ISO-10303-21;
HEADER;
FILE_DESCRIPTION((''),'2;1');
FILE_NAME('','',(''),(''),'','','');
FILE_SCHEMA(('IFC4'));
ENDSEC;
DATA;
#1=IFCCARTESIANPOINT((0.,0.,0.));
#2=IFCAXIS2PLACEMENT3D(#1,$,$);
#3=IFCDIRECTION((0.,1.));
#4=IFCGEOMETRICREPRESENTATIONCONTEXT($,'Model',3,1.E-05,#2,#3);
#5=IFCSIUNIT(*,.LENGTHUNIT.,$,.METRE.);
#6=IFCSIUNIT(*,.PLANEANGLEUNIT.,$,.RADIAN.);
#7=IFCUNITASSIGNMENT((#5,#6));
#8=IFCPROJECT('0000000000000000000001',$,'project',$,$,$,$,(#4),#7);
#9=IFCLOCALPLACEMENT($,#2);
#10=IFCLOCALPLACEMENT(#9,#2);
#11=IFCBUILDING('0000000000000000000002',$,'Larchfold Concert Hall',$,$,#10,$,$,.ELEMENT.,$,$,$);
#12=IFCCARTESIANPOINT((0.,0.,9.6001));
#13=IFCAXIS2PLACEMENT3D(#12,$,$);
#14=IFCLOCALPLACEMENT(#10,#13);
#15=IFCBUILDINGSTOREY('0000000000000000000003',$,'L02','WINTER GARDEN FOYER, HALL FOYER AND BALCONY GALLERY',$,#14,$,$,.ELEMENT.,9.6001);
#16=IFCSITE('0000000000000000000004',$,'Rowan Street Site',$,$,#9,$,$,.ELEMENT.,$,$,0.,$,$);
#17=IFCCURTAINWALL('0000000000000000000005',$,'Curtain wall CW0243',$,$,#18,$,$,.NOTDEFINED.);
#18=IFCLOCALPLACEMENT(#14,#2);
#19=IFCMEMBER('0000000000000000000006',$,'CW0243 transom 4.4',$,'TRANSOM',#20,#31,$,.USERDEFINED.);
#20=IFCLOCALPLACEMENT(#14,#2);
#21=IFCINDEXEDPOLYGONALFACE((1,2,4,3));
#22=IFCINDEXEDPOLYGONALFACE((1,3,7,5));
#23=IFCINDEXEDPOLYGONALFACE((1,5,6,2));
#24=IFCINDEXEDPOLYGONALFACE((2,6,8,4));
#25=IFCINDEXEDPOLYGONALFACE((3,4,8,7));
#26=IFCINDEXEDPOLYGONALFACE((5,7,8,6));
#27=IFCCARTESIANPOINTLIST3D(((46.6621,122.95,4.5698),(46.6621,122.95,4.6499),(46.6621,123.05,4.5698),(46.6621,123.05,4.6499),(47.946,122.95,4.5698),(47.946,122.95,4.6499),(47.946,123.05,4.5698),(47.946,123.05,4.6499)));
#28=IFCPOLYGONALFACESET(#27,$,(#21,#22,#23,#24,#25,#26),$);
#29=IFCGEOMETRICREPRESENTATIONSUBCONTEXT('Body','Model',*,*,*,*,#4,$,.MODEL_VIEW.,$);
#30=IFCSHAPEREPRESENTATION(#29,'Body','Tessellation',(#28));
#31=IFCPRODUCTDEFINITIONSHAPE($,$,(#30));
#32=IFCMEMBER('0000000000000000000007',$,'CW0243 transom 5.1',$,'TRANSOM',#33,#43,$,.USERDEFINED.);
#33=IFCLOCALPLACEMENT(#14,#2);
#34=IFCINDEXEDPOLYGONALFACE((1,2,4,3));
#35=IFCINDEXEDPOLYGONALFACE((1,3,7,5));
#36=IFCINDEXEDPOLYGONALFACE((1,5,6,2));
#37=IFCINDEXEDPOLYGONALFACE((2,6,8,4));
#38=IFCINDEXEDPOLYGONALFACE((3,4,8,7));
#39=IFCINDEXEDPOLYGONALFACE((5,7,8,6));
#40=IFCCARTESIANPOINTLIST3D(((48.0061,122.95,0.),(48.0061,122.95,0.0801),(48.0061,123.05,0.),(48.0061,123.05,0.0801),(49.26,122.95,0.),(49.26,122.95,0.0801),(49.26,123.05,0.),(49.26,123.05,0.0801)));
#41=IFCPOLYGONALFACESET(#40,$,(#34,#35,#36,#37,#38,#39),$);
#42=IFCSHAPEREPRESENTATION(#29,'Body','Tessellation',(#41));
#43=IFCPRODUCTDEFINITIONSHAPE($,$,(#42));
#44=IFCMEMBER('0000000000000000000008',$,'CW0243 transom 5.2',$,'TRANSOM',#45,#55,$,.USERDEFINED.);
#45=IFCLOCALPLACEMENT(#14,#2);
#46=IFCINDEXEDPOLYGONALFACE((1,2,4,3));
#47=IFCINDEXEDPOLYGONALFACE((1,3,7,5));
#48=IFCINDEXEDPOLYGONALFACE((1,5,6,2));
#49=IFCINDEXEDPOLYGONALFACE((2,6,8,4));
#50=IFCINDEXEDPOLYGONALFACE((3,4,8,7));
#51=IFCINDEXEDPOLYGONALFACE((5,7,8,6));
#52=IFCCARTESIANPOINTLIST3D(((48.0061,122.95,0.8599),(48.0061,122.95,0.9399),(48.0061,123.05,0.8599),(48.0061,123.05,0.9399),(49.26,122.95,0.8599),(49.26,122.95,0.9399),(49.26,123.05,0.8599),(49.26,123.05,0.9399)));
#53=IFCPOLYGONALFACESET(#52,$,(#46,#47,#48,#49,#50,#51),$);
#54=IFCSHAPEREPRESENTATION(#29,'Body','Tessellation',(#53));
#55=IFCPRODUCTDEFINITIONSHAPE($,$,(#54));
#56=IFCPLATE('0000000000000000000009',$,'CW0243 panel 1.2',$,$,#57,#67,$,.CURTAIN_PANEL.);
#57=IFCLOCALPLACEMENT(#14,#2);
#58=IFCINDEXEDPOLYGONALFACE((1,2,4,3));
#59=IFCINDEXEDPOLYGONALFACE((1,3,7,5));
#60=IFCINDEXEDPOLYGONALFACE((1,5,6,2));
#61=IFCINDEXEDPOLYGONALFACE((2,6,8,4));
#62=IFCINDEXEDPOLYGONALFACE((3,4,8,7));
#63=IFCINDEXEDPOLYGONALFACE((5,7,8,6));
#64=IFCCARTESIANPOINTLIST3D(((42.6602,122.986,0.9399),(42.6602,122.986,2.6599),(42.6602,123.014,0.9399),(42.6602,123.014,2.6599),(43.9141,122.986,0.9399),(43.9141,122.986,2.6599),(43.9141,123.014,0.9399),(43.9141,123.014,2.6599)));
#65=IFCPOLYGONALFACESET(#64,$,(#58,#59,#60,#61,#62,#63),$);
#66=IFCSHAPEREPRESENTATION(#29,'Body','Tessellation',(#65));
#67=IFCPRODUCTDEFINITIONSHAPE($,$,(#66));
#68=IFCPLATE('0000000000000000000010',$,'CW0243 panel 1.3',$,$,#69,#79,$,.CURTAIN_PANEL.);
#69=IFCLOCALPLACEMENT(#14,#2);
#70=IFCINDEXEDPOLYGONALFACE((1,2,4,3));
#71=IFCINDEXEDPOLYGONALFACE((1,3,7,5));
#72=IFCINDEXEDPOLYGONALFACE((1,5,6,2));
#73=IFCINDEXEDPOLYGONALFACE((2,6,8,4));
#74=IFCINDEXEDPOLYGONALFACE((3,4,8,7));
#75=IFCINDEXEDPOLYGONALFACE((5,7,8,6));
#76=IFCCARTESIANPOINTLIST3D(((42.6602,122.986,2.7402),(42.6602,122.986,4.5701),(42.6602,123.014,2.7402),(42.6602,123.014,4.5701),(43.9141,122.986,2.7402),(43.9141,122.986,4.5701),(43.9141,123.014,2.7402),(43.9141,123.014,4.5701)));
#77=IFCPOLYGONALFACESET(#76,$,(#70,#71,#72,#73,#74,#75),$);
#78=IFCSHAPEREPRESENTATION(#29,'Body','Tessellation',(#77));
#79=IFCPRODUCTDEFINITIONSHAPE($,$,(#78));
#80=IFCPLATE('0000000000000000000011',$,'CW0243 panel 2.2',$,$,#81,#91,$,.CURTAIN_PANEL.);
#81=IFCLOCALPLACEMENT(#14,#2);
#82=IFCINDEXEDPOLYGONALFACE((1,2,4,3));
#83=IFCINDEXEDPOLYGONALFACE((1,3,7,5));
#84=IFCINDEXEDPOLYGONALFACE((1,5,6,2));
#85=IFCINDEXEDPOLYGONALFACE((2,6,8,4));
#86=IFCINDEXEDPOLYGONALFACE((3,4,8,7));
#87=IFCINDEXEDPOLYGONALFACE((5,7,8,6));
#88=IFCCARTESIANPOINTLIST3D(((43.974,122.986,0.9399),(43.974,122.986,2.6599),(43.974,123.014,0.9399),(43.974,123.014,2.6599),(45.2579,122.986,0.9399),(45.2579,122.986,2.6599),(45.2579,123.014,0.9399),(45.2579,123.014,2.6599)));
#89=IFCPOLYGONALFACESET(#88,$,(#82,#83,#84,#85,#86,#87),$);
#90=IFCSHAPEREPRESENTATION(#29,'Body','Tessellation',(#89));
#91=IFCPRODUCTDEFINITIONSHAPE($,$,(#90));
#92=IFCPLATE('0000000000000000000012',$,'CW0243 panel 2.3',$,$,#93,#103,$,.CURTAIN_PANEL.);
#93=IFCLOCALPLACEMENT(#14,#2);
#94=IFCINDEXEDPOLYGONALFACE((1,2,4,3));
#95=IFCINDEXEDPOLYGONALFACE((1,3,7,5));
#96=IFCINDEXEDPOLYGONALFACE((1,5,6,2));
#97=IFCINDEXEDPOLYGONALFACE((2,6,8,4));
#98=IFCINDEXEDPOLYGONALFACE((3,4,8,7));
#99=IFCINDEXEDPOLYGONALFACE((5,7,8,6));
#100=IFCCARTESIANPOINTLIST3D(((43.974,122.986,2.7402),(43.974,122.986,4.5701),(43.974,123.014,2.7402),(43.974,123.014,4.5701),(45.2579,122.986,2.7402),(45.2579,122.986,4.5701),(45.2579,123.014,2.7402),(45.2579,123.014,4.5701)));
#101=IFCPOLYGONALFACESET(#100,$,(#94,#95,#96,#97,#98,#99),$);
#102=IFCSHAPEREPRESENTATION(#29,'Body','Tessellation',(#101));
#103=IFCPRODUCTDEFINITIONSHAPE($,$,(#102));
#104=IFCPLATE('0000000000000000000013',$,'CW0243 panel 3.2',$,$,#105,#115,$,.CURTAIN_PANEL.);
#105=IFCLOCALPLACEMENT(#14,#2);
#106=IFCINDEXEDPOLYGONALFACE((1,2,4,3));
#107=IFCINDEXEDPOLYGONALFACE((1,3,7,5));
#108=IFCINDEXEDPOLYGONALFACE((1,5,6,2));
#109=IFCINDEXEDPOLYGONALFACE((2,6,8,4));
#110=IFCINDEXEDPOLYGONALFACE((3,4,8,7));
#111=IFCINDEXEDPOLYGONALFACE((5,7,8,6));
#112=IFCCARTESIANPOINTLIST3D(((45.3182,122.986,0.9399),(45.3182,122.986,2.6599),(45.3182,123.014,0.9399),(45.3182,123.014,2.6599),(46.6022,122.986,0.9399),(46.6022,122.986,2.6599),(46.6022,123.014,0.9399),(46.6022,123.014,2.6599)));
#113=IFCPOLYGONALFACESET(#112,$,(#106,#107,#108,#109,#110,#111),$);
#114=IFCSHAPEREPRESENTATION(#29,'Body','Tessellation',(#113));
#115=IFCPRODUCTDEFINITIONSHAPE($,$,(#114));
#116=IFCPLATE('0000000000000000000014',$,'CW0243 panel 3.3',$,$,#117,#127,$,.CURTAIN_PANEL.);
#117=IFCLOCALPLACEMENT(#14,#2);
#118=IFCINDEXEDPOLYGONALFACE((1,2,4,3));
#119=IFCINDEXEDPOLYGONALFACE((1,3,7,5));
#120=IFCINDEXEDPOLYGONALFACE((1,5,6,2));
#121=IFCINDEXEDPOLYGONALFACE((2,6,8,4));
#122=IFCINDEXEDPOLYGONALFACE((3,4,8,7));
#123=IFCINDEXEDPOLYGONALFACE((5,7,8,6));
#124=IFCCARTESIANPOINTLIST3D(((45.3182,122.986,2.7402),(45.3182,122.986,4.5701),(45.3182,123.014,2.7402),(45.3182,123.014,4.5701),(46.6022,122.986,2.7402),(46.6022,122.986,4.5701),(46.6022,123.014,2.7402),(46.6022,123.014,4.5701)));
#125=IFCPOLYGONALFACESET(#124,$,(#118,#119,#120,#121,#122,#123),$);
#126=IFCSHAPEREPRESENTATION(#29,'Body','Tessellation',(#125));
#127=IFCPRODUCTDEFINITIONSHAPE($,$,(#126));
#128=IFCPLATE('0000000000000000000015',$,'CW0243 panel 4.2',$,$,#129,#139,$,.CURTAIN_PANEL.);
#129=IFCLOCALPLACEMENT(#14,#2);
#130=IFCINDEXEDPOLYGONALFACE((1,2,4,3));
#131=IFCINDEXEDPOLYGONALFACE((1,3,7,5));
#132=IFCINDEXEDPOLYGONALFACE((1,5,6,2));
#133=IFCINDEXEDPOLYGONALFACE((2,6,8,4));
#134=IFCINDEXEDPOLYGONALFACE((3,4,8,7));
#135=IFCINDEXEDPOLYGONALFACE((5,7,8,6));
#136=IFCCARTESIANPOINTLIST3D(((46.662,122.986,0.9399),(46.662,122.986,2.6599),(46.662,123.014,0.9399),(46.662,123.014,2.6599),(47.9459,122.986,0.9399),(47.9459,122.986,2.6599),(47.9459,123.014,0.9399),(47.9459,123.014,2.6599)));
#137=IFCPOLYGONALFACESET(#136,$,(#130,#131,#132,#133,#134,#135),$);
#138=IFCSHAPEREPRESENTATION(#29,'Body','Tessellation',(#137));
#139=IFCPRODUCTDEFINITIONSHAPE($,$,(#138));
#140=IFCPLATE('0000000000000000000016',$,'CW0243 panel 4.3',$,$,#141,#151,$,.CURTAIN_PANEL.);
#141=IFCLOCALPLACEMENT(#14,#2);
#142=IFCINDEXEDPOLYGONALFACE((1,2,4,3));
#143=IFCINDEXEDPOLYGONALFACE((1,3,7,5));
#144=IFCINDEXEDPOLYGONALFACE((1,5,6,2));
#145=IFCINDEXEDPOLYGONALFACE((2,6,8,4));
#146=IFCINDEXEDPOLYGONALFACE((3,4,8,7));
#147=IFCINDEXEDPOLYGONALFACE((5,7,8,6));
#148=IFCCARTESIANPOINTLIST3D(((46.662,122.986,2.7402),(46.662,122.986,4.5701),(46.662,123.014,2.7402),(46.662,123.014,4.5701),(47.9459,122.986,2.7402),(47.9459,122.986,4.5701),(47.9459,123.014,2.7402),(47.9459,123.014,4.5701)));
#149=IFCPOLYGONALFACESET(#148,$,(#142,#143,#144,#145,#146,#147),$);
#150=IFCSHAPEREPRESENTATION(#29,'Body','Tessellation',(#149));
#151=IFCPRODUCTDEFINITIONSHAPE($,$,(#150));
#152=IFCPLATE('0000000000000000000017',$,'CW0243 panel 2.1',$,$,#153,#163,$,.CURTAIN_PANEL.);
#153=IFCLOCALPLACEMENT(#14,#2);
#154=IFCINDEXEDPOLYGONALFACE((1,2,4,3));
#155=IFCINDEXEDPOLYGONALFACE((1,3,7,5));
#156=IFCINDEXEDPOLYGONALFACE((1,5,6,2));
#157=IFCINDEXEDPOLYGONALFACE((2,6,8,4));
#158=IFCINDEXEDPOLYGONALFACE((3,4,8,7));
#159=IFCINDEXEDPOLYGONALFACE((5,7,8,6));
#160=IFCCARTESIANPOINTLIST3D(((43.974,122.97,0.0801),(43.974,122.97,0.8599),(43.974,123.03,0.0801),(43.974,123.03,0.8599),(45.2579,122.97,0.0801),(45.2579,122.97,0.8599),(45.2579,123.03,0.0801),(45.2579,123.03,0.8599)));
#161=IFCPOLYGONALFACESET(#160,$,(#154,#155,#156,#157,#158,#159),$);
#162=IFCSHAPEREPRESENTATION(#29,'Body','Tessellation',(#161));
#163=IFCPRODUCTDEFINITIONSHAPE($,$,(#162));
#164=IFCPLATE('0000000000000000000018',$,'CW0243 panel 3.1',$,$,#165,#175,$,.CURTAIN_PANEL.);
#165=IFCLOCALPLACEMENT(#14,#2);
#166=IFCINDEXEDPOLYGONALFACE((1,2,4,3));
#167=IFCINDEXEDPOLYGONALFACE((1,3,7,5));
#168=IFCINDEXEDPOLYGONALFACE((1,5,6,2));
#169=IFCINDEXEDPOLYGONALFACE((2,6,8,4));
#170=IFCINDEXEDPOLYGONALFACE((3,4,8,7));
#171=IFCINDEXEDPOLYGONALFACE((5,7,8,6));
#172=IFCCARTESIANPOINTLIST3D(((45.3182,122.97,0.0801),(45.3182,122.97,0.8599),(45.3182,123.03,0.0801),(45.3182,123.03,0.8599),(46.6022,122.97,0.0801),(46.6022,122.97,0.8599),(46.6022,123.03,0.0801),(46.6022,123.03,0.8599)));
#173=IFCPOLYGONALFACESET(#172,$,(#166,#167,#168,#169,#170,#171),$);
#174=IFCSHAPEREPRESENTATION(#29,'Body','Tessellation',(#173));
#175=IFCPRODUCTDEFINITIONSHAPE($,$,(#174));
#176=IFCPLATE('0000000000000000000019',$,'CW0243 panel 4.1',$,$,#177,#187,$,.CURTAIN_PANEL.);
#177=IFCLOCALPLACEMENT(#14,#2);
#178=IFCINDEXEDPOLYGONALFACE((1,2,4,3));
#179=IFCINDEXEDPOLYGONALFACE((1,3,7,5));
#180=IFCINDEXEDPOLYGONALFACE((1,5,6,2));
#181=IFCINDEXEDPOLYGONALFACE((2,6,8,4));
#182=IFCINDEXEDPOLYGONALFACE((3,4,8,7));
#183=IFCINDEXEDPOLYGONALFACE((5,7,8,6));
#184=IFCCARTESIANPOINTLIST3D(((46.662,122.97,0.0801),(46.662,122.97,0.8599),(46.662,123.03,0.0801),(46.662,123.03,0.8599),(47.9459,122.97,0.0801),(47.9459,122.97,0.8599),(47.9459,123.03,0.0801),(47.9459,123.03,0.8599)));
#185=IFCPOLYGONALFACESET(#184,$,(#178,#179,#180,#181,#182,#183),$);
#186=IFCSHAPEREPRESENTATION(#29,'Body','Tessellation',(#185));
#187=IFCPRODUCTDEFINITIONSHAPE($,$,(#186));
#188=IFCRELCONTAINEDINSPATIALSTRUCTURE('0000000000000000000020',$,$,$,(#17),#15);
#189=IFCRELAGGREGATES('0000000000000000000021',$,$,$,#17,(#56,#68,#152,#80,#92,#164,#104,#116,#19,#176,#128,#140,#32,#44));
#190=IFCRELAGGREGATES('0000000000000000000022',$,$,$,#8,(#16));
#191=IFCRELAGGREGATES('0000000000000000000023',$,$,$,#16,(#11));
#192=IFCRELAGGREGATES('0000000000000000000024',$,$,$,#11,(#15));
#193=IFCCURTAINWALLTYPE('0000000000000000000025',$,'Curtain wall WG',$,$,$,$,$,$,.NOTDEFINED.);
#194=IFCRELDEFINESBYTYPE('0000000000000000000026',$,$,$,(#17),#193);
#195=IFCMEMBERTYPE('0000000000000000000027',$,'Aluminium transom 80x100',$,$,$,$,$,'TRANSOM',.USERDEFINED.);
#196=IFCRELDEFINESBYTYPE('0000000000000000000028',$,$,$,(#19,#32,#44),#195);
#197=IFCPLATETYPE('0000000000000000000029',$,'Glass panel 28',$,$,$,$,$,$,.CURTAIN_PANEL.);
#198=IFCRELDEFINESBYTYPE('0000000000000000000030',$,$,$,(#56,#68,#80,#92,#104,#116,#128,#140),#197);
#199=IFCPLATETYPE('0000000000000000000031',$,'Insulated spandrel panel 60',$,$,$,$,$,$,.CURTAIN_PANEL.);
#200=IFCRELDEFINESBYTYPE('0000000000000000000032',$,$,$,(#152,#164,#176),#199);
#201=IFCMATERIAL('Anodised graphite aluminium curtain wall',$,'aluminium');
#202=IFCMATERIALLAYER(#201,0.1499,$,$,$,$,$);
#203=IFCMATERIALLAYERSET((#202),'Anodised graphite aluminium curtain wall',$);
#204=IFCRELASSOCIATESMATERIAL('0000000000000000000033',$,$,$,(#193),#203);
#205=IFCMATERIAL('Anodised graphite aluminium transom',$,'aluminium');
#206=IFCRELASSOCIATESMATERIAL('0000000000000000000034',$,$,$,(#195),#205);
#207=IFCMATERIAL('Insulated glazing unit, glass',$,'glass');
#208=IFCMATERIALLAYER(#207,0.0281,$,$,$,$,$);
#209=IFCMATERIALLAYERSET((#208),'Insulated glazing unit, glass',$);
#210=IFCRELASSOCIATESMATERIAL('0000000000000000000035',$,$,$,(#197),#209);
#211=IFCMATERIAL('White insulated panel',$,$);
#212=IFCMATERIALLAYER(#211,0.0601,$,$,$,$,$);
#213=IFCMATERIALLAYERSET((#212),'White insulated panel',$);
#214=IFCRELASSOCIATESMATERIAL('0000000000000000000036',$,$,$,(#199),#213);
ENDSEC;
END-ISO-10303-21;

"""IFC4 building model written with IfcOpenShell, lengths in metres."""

from ifc_helpers import new_model, si_unit, direction, frame, origin, origin_2d, place, context, subcontext, project, spatial, rectangle, extrude, material, layer, layer_set, material_profile, profile_set, type_object, element, aggregate, save


model = new_model("IFC4")

# Units and contexts
model_context = context("Model", 3, precision=1e-05, world=origin(), true_north=direction((0.0, 1.0)))
body_context = subcontext(model_context, "Body", "Model", "MODEL_VIEW")
ifc_project = project(units=[si_unit("LENGTHUNIT", "METRE"), si_unit("PLANEANGLEUNIT", "RADIAN")], contexts=[model_context])

# Site, building, storey
site_placement = place(None, origin())
site = spatial("IfcSite", under=ifc_project, at=site_placement, Name="Rowan Street Site", CompositionType="ELEMENT", RefElevation=0.0)
building_placement = place(site_placement, origin())
building = spatial("IfcBuilding", under=site, at=building_placement, Name="Larchfold Concert Hall", CompositionType="ELEMENT")
storey_placement = place(building_placement, frame((0.0, 0.0, 9.6001)))
storey = spatial("IfcBuildingStorey", under=building, at=storey_placement, Name="L02", Description="WINTER GARDEN FOYER, HALL FOYER AND BALCONY GALLERY", CompositionType="ELEMENT", Elevation=9.6001)

# Curtain wall, members, plates
ifc_material_1 = material(Name="Anodised graphite aluminium curtain wall", Category="aluminium")
ifc_layer_1 = layer(ifc_material_1, 0.1499)
ifc_layer_set_1 = layer_set([ifc_layer_1], Name="Anodised graphite aluminium curtain wall")
curtain_wall_type = type_object("IfcCurtainWallType", Name="Curtain wall WG", PredefinedType="NOTDEFINED", material=ifc_layer_set_1)
curtain_wall_placement = place(storey_placement, origin())
curtain_wall = element("IfcCurtainWall", 1, at=curtain_wall_placement, inside=storey, type_object=curtain_wall_type, Name="Curtain wall CW0243", PredefinedType="NOTDEFINED")
ifc_material_2 = material(Name="Anodised graphite aluminium transom", Category="aluminium")
ifc_material_profile_1 = material_profile(ifc_material_2, rectangle(XDim=0.1001, YDim=0.0801, at=origin_2d()))
ifc_profile_set_1 = profile_set([ifc_material_profile_1], Name="Anodised graphite aluminium transom")
member_type_1 = type_object("IfcMemberType", Name="Aluminium transom 80x100", ElementType="TRANSOM", PredefinedType="USERDEFINED", material=ifc_profile_set_1)
member_1_placement = place(storey_placement, frame((46.6621, 123.0, 4.6099), z_axis=(1.0, 0.0, 0.0), x_axis=(0.0, 1.0, 0.0)))
member_1 = element("IfcMember", 2, at=member_1_placement, type_object=member_type_1, Name="CW0243 transom 4.4", ObjectType="TRANSOM", PredefinedType="USERDEFINED", context=body_context, shape_type="SweptSolid", body=[
    extrude(rectangle(XDim=0.1001, YDim=0.0801, at=origin_2d()), origin(), (0.0, 0.0, 1.0), 1.2839),
])
member_2_placement = place(storey_placement, frame((48.0061, 123.0, 0.04), z_axis=(1.0, 0.0, 0.0), x_axis=(0.0, 1.0, 0.0)))
member_2 = element("IfcMember", 3, at=member_2_placement, type_object=member_type_1, Name="CW0243 transom 5.1", ObjectType="TRANSOM", PredefinedType="USERDEFINED", context=body_context, shape_type="SweptSolid", body=[
    extrude(rectangle(XDim=0.1001, YDim=0.0801, at=origin_2d()), origin(), (0.0, 0.0, 1.0), 1.2539),
])
member_3_placement = place(storey_placement, frame((48.0061, 123.0, 0.8999), z_axis=(1.0, 0.0, 0.0), x_axis=(0.0, 1.0, 0.0)))
member_3 = element("IfcMember", 4, at=member_3_placement, type_object=member_type_1, Name="CW0243 transom 5.2", ObjectType="TRANSOM", PredefinedType="USERDEFINED", context=body_context, shape_type="SweptSolid", body=[
    extrude(rectangle(XDim=0.1001, YDim=0.0801, at=origin_2d()), origin(), (0.0, 0.0, 1.0), 1.2539),
])
ifc_material_3 = material(Name="Insulated glazing unit, glass", Category="glass")
ifc_layer_2 = layer(ifc_material_3, 0.0281)
ifc_layer_set_2 = layer_set([ifc_layer_2], Name="Insulated glazing unit, glass")
plate_type_1 = type_object("IfcPlateType", Name="Glass panel 28", PredefinedType="CURTAIN_PANEL", material=ifc_layer_set_2)
plate_1_placement = place(storey_placement, frame((43.2871, 123.0, 0.9399), z_axis=(0.0, 0.0, 1.0), x_axis=(1.0, 0.0, 0.0)))
plate_1 = element("IfcPlate", 5, at=plate_1_placement, type_object=plate_type_1, Name="CW0243 panel 1.2", PredefinedType="CURTAIN_PANEL", context=body_context, shape_type="SweptSolid", body=[
    extrude(rectangle(XDim=1.2539, YDim=0.0281, at=origin_2d()), origin(), (0.0, 0.0, 1.0), 1.72),
])
plate_2_placement = place(storey_placement, frame((43.2871, 123.0, 2.7402), z_axis=(0.0, 0.0, 1.0), x_axis=(1.0, 0.0, 0.0)))
plate_2 = element("IfcPlate", 6, at=plate_2_placement, type_object=plate_type_1, Name="CW0243 panel 1.3", PredefinedType="CURTAIN_PANEL", context=body_context, shape_type="SweptSolid", body=[
    extrude(rectangle(XDim=1.2539, YDim=0.0281, at=origin_2d()), origin(), (0.0, 0.0, 1.0), 1.8298),
])
plate_3_placement = place(storey_placement, frame((44.616, 123.0, 0.9399), z_axis=(0.0, 0.0, 1.0), x_axis=(1.0, 0.0, 0.0)))
plate_3 = element("IfcPlate", 7, at=plate_3_placement, type_object=plate_type_1, Name="CW0243 panel 2.2", PredefinedType="CURTAIN_PANEL", context=body_context, shape_type="SweptSolid", body=[
    extrude(rectangle(XDim=1.2839, YDim=0.0281, at=origin_2d()), origin(), (0.0, 0.0, 1.0), 1.72),
])
plate_4_placement = place(storey_placement, frame((44.616, 123.0, 2.7402), z_axis=(0.0, 0.0, 1.0), x_axis=(1.0, 0.0, 0.0)))
plate_4 = element("IfcPlate", 8, at=plate_4_placement, type_object=plate_type_1, Name="CW0243 panel 2.3", PredefinedType="CURTAIN_PANEL", context=body_context, shape_type="SweptSolid", body=[
    extrude(rectangle(XDim=1.2839, YDim=0.0281, at=origin_2d()), origin(), (0.0, 0.0, 1.0), 1.8298),
])
plate_5_placement = place(storey_placement, frame((45.9602, 123.0, 0.9399), z_axis=(0.0, 0.0, 1.0), x_axis=(1.0, 0.0, 0.0)))
plate_5 = element("IfcPlate", 9, at=plate_5_placement, type_object=plate_type_1, Name="CW0243 panel 3.2", PredefinedType="CURTAIN_PANEL", context=body_context, shape_type="SweptSolid", body=[
    extrude(rectangle(XDim=1.2839, YDim=0.0281, at=origin_2d()), origin(), (0.0, 0.0, 1.0), 1.72),
])
plate_6_placement = place(storey_placement, frame((45.9602, 123.0, 2.7402), z_axis=(0.0, 0.0, 1.0), x_axis=(1.0, 0.0, 0.0)))
plate_6 = element("IfcPlate", 10, at=plate_6_placement, type_object=plate_type_1, Name="CW0243 panel 3.3", PredefinedType="CURTAIN_PANEL", context=body_context, shape_type="SweptSolid", body=[
    extrude(rectangle(XDim=1.2839, YDim=0.0281, at=origin_2d()), origin(), (0.0, 0.0, 1.0), 1.8298),
])
plate_7_placement = place(storey_placement, frame((47.304, 123.0, 0.9399), z_axis=(0.0, 0.0, 1.0), x_axis=(1.0, 0.0, 0.0)))
plate_7 = element("IfcPlate", 11, at=plate_7_placement, type_object=plate_type_1, Name="CW0243 panel 4.2", PredefinedType="CURTAIN_PANEL", context=body_context, shape_type="SweptSolid", body=[
    extrude(rectangle(XDim=1.2839, YDim=0.0281, at=origin_2d()), origin(), (0.0, 0.0, 1.0), 1.72),
])
plate_8_placement = place(storey_placement, frame((47.304, 123.0, 2.7402), z_axis=(0.0, 0.0, 1.0), x_axis=(1.0, 0.0, 0.0)))
plate_8 = element("IfcPlate", 12, at=plate_8_placement, type_object=plate_type_1, Name="CW0243 panel 4.3", PredefinedType="CURTAIN_PANEL", context=body_context, shape_type="SweptSolid", body=[
    extrude(rectangle(XDim=1.2839, YDim=0.0281, at=origin_2d()), origin(), (0.0, 0.0, 1.0), 1.8298),
])
ifc_material_4 = material(Name="White insulated panel")
ifc_layer_3 = layer(ifc_material_4, 0.0601)
ifc_layer_set_3 = layer_set([ifc_layer_3], Name="White insulated panel")
plate_type_2 = type_object("IfcPlateType", Name="Insulated spandrel panel 60", PredefinedType="CURTAIN_PANEL", material=ifc_layer_set_3)
plate_9_placement = place(storey_placement, frame((44.616, 123.0, 0.0801), z_axis=(0.0, 0.0, 1.0), x_axis=(1.0, 0.0, 0.0)))
plate_9 = element("IfcPlate", 13, at=plate_9_placement, type_object=plate_type_2, Name="CW0243 panel 2.1", PredefinedType="CURTAIN_PANEL", context=body_context, shape_type="SweptSolid", body=[
    extrude(rectangle(XDim=1.2839, YDim=0.0601, at=origin_2d()), origin(), (0.0, 0.0, 1.0), 0.7798),
])
plate_10_placement = place(storey_placement, frame((45.9602, 123.0, 0.0801), z_axis=(0.0, 0.0, 1.0), x_axis=(1.0, 0.0, 0.0)))
plate_10 = element("IfcPlate", 14, at=plate_10_placement, type_object=plate_type_2, Name="CW0243 panel 3.1", PredefinedType="CURTAIN_PANEL", context=body_context, shape_type="SweptSolid", body=[
    extrude(rectangle(XDim=1.2839, YDim=0.0601, at=origin_2d()), origin(), (0.0, 0.0, 1.0), 0.7798),
])
plate_11_placement = place(storey_placement, frame((47.304, 123.0, 0.0801), z_axis=(0.0, 0.0, 1.0), x_axis=(1.0, 0.0, 0.0)))
plate_11 = element("IfcPlate", 15, at=plate_11_placement, type_object=plate_type_2, Name="CW0243 panel 4.1", PredefinedType="CURTAIN_PANEL", context=body_context, shape_type="SweptSolid", body=[
    extrude(rectangle(XDim=1.2839, YDim=0.0601, at=origin_2d()), origin(), (0.0, 0.0, 1.0), 0.7798),
])
aggregate(curtain_wall, [plate_1, plate_2, plate_9, plate_3, plate_4, plate_10, plate_5, plate_6, member_1, plate_11, plate_7, plate_8, member_2, member_3])

save(model, "model.ifc")
